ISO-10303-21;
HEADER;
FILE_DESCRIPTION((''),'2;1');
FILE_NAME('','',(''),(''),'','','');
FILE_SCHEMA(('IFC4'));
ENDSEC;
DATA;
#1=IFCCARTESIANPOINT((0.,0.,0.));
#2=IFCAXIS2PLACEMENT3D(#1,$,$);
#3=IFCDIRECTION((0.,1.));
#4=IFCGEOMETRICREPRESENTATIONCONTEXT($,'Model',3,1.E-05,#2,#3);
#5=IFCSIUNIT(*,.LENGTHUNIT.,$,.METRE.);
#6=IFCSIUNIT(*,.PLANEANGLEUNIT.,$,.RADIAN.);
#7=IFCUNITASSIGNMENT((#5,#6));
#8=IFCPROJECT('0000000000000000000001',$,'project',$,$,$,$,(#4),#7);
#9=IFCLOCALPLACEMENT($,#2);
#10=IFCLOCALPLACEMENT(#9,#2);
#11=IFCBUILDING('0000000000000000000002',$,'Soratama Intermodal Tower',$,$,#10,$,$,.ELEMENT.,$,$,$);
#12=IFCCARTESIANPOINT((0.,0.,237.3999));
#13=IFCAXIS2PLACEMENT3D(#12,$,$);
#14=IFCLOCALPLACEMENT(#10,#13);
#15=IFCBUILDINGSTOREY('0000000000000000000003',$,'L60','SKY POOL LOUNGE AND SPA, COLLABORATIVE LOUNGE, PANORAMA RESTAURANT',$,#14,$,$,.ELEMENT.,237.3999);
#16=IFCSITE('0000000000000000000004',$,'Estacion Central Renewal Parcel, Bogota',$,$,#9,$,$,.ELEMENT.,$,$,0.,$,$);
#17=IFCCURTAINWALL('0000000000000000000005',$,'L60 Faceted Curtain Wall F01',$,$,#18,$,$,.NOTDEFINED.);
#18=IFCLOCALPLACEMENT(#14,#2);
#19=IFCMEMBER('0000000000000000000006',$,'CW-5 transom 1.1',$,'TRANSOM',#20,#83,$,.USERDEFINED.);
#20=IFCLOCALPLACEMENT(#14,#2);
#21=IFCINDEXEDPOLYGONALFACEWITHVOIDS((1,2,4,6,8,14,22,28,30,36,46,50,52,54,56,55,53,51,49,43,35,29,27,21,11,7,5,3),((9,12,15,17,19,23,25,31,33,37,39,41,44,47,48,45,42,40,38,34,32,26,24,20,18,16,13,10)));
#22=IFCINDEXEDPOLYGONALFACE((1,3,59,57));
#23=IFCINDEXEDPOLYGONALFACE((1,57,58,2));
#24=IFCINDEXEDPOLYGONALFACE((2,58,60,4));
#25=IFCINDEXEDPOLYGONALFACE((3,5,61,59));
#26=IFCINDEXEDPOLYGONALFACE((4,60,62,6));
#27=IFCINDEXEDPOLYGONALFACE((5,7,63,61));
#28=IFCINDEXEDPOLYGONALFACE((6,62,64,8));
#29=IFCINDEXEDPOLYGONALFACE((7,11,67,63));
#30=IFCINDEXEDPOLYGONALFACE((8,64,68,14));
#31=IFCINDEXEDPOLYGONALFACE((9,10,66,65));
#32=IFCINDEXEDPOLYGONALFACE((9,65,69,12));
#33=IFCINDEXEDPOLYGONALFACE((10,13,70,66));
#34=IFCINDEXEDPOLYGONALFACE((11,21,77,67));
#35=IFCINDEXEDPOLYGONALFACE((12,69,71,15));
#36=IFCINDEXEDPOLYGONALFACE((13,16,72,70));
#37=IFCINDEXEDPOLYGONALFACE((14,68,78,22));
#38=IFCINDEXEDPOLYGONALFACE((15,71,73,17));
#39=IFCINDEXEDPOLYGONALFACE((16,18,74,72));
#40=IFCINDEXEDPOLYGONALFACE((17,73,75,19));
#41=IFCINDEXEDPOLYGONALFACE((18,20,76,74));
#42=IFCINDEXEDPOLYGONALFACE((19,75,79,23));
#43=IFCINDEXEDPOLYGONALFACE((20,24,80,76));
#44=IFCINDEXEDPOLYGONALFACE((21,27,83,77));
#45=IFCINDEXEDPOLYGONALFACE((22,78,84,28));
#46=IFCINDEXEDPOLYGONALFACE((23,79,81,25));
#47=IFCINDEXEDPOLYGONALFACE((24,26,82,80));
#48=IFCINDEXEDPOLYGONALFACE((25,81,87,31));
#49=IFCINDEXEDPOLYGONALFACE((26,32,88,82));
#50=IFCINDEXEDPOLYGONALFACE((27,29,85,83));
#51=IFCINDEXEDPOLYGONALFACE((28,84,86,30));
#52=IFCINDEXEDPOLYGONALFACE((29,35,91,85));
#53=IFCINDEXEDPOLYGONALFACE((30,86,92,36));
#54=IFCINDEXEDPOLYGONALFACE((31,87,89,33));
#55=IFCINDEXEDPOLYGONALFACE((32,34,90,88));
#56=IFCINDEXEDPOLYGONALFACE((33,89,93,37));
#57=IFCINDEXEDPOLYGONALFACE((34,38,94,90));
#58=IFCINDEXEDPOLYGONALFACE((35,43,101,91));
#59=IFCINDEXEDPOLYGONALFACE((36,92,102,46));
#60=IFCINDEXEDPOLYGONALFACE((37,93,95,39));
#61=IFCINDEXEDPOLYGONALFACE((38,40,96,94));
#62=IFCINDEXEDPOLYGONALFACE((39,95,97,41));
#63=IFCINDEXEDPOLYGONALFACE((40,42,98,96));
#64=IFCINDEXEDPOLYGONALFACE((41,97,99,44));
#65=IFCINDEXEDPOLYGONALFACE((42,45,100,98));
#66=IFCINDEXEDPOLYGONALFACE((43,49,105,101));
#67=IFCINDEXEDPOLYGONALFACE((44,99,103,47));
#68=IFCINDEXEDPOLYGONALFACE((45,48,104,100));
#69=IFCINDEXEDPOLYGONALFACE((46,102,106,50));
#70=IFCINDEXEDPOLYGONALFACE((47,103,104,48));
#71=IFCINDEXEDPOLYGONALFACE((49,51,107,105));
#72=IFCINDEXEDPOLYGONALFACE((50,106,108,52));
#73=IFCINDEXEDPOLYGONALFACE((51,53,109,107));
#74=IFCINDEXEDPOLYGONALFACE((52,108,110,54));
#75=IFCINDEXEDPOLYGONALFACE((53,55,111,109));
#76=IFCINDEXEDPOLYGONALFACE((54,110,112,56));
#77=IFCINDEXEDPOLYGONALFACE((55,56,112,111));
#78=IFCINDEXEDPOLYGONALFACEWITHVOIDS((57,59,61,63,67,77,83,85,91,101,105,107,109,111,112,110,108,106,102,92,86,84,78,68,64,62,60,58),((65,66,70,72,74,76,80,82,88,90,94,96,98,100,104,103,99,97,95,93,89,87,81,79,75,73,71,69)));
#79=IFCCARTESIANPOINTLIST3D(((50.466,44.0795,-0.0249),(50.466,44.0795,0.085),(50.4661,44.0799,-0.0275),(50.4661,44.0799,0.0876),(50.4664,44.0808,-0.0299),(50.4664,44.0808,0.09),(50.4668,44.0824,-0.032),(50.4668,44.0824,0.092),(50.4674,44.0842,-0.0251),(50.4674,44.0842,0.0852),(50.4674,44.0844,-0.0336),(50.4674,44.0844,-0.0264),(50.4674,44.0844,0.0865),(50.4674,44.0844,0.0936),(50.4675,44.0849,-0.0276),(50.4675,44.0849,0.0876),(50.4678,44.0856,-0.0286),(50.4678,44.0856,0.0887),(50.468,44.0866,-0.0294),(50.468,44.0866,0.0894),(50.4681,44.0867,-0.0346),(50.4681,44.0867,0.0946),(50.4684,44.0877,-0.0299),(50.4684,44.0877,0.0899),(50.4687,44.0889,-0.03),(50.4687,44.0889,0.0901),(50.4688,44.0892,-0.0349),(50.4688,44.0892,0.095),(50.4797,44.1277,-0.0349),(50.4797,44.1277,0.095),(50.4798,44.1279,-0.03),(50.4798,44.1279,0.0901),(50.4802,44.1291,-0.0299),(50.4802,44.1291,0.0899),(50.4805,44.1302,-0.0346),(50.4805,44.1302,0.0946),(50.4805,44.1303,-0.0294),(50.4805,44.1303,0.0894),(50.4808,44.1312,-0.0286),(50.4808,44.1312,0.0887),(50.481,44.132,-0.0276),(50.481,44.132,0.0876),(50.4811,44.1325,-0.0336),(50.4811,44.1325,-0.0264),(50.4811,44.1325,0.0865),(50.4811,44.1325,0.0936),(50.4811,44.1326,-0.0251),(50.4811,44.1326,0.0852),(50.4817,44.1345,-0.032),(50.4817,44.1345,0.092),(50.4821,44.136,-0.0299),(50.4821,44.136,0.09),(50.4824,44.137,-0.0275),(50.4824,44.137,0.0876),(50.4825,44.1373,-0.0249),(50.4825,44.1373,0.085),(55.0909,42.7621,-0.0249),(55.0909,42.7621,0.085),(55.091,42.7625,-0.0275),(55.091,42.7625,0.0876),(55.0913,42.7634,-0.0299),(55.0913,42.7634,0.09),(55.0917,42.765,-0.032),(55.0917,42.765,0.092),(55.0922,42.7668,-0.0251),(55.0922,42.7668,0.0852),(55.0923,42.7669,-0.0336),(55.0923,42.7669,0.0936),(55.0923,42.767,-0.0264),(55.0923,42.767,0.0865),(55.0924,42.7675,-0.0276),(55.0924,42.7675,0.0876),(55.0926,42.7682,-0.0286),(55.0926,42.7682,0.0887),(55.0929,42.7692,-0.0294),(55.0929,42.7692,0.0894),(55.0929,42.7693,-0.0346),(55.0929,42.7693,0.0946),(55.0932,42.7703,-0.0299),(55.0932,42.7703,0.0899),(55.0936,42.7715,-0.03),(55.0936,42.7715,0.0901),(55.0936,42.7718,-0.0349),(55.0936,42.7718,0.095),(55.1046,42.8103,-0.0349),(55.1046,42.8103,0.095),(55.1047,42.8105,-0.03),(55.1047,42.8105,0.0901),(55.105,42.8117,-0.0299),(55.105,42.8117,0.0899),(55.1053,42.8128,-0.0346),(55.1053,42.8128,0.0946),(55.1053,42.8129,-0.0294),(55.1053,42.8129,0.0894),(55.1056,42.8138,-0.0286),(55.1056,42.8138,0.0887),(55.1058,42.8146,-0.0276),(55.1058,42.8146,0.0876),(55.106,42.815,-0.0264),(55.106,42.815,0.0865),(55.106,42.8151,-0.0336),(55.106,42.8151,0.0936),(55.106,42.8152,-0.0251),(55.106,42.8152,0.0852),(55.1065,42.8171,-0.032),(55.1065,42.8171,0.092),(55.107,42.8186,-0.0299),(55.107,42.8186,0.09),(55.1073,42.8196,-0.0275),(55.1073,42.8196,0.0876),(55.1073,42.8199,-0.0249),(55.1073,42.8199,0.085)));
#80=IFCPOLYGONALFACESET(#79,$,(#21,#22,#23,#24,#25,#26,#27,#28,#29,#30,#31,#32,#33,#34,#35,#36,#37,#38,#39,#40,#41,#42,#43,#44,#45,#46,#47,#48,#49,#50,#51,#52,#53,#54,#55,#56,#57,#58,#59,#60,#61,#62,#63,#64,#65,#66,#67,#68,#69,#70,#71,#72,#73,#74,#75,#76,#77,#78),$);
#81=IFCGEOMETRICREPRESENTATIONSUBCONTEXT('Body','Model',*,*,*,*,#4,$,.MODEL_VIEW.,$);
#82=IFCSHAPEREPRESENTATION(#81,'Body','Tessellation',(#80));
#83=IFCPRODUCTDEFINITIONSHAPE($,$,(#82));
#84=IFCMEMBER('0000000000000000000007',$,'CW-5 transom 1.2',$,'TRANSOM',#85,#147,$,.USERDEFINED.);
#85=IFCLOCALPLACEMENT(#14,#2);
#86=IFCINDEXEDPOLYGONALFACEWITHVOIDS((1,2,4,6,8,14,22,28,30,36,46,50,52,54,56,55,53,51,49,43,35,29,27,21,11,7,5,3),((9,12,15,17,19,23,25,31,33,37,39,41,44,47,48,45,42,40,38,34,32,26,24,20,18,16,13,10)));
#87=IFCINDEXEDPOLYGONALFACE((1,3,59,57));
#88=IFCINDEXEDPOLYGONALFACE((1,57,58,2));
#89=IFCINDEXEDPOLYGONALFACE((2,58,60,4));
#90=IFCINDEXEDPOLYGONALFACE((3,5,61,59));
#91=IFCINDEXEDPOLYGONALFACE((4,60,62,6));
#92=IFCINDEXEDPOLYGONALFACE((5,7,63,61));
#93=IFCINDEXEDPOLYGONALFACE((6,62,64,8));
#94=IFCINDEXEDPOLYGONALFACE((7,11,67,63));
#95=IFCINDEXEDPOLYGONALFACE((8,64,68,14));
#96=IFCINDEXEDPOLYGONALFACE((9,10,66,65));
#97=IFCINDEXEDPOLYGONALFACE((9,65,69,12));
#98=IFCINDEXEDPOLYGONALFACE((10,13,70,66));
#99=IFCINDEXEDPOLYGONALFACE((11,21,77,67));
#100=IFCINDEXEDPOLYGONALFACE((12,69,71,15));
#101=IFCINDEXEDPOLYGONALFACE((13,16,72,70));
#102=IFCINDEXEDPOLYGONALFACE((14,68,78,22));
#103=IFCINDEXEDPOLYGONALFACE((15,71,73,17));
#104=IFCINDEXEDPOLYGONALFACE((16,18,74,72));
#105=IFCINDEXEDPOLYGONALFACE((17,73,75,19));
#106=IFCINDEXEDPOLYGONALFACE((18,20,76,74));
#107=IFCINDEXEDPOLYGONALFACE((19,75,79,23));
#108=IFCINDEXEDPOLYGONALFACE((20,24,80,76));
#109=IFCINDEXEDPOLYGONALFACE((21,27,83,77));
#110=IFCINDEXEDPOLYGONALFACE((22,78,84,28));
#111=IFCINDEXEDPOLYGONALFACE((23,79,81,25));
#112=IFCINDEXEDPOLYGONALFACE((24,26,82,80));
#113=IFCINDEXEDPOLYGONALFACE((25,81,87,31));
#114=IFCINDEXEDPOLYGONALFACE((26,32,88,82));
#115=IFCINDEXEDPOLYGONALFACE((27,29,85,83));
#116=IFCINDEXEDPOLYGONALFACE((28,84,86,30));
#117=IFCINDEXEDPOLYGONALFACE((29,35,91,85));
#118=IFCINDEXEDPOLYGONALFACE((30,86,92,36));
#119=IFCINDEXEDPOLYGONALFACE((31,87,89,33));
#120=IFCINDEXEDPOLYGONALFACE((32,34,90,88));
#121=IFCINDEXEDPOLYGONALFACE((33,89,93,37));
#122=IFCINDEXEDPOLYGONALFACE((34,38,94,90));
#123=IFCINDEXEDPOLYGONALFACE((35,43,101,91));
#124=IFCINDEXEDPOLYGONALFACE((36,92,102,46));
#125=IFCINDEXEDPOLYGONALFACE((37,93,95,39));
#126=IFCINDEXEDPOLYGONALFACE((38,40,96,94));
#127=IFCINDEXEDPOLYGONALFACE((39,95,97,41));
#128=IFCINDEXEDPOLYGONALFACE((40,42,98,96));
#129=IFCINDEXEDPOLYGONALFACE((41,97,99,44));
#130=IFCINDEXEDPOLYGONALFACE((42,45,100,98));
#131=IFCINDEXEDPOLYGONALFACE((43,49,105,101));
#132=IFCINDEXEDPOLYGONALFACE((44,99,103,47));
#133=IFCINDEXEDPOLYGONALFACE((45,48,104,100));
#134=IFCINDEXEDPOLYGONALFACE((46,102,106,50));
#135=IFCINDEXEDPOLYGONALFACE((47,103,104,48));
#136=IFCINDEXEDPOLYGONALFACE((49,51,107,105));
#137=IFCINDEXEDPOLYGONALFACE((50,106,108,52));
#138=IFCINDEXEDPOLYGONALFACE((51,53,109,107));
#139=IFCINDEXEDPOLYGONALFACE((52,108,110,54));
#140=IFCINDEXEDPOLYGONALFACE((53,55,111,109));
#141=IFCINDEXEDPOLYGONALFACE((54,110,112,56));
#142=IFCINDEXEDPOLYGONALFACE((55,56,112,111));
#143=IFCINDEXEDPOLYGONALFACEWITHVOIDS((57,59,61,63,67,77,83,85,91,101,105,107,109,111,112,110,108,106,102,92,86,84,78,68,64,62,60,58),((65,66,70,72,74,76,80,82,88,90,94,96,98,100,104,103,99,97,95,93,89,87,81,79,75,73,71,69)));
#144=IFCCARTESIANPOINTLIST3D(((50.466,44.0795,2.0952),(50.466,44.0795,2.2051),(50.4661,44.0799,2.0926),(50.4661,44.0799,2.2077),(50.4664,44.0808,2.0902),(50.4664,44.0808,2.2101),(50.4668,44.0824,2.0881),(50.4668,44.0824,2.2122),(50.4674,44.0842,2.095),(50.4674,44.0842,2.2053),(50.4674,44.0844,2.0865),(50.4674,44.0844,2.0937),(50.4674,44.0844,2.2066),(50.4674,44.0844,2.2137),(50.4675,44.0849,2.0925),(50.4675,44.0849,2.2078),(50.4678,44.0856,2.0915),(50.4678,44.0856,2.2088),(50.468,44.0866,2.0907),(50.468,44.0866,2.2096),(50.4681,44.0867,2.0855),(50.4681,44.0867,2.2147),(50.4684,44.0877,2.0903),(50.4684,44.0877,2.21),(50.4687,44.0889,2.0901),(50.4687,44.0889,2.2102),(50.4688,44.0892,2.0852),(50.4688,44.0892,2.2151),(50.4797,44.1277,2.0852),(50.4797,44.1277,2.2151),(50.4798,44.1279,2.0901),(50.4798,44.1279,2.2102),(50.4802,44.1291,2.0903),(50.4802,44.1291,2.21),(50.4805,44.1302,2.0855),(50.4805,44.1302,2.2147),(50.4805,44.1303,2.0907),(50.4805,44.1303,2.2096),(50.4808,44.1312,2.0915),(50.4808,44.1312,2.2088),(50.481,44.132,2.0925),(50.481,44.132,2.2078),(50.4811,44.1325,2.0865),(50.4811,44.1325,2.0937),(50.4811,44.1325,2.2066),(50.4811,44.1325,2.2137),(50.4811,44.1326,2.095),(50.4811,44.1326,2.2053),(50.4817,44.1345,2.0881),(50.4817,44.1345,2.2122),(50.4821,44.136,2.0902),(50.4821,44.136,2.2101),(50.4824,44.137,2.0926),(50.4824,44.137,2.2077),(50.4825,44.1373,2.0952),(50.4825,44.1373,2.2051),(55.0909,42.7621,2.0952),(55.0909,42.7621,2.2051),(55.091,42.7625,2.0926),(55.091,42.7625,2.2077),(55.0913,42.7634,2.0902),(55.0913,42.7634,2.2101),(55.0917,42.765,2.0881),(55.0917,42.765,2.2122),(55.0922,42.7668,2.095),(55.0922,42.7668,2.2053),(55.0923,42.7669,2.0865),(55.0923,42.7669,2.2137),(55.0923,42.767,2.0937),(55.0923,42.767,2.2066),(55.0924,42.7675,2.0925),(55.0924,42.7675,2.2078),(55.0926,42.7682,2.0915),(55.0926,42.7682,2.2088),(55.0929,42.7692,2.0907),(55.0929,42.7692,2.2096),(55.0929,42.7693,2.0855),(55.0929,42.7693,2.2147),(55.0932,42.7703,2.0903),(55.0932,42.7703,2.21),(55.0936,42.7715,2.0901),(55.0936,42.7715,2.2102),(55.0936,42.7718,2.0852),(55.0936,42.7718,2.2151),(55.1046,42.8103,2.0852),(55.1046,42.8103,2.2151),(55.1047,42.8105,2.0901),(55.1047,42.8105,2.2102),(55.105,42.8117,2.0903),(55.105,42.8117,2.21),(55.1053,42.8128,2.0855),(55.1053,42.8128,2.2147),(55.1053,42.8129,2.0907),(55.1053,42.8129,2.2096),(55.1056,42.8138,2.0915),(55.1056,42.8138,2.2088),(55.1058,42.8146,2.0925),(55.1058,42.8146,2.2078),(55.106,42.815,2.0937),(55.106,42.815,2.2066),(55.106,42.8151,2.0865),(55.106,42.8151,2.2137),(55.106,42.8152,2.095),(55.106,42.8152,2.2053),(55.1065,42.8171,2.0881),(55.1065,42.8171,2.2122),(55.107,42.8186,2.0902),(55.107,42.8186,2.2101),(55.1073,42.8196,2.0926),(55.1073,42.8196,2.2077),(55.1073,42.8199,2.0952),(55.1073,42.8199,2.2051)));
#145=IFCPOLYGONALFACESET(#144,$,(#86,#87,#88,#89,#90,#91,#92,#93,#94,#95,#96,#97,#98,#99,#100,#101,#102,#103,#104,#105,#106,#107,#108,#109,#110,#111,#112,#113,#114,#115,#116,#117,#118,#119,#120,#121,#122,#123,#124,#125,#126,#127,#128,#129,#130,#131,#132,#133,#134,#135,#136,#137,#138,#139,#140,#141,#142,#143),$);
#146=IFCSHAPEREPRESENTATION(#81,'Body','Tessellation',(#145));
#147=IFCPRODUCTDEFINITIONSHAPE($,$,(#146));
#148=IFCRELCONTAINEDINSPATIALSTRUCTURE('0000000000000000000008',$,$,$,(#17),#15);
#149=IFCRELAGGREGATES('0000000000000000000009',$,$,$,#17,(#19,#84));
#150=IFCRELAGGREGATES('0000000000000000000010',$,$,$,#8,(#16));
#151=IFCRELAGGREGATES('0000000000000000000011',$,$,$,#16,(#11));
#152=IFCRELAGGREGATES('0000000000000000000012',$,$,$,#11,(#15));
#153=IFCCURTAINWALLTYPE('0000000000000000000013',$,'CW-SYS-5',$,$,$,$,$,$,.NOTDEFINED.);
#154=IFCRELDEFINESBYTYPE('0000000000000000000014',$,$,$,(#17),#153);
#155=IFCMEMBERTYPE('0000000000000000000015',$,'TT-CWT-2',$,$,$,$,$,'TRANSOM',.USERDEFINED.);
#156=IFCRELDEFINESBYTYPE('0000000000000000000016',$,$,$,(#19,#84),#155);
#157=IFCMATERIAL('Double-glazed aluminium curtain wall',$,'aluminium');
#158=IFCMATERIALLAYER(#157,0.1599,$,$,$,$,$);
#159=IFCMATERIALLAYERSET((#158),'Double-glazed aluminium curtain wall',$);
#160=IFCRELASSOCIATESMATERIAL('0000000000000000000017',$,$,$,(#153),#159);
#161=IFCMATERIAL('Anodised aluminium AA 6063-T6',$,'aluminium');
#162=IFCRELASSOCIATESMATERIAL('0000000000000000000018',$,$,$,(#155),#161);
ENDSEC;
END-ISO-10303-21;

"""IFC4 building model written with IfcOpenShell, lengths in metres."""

from ifc_helpers import new_model, si_unit, direction, frame, origin, origin_2d, place, context, subcontext, project, spatial, hollow_rectangle, extrude, material, layer, layer_set, material_profile, profile_set, type_object, element, aggregate, save


model = new_model("IFC4")

# Units and contexts
model_context = context("Model", 3, precision=1e-05, world=origin(), true_north=direction((0.0, 1.0)))
body_context = subcontext(model_context, "Body", "Model", "MODEL_VIEW")
ifc_project = project(units=[si_unit("LENGTHUNIT", "METRE"), si_unit("PLANEANGLEUNIT", "RADIAN")], contexts=[model_context])

# Site, building, storey
site_placement = place(None, origin())
site = spatial("IfcSite", under=ifc_project, at=site_placement, Name="Estacion Central Renewal Parcel, Bogota", CompositionType="ELEMENT", RefElevation=0.0)
building_placement = place(site_placement, origin())
building = spatial("IfcBuilding", under=site, at=building_placement, Name="Soratama Intermodal Tower", CompositionType="ELEMENT")
storey_placement = place(building_placement, frame((0.0, 0.0, 237.3999)))
storey = spatial("IfcBuildingStorey", under=building, at=storey_placement, Name="L60", Description="SKY POOL LOUNGE AND SPA, COLLABORATIVE LOUNGE, PANORAMA RESTAURANT", CompositionType="ELEMENT", Elevation=237.3999)

# Curtain wall
ifc_material_1 = material(Name="Double-glazed aluminium curtain wall", Category="aluminium")
ifc_layer_1 = layer(ifc_material_1, 0.1599)
ifc_layer_set_1 = layer_set([ifc_layer_1], Name="Double-glazed aluminium curtain wall")
curtain_wall_type = type_object("IfcCurtainWallType", Name="CW-SYS-5", PredefinedType="NOTDEFINED", material=ifc_layer_set_1)
curtain_wall_1_placement = place(storey_placement, origin())
curtain_wall_1 = element("IfcCurtainWall", 1, at=curtain_wall_1_placement, inside=storey, type_object=curtain_wall_type, Name="L60 Faceted Curtain Wall F01", PredefinedType="NOTDEFINED")

# Members
ifc_material_2 = material(Name="Anodised aluminium AA 6063-T6", Category="aluminium")
ifc_material_profile_1 = material_profile(ifc_material_2, hollow_rectangle(XDim=0.0601, YDim=0.1299, WallThickness=0.0049, InnerFilletRadius=0.0049, OuterFilletRadius=0.01, at=origin_2d()), Name="CWT130X60X5")
ifc_profile_set_1 = profile_set([ifc_material_profile_1], Name="Anodised aluminium AA 6063-T6")
member_type_1 = type_object("IfcMemberType", Name="TT-CWT-2", ElementType="TRANSOM", PredefinedType="USERDEFINED", material=ifc_profile_set_1)
member_1_placement = place(storey_placement, frame((55.0991, 42.791, 0.03), z_axis=(-0.961742, 0.273957, 0.0), x_axis=(-0.273957, -0.961742, 0.0)))
member_1 = element("IfcMember", 2, at=member_1_placement, type_object=member_type_1, Name="CW-5 transom 1.1", ObjectType="TRANSOM", PredefinedType="USERDEFINED", context=body_context, shape_type="SweptSolid", body=[
    extrude(hollow_rectangle(XDim=0.0601, YDim=0.1299, WallThickness=0.0049, InnerFilletRadius=0.0049, OuterFilletRadius=0.01, at=origin_2d()), origin(), (0.0, 0.0, 1.0), 4.8088),
])
member_2_placement = place(storey_placement, frame((55.0991, 42.791, 2.1501), z_axis=(-0.961742, 0.273957, 0.0), x_axis=(-0.273957, -0.961742, 0.0)))
member_2 = element("IfcMember", 3, at=member_2_placement, type_object=member_type_1, Name="CW-5 transom 1.2", ObjectType="TRANSOM", PredefinedType="USERDEFINED", context=body_context, shape_type="SweptSolid", body=[
    extrude(hollow_rectangle(XDim=0.0601, YDim=0.1299, WallThickness=0.0049, InnerFilletRadius=0.0049, OuterFilletRadius=0.01, at=origin_2d()), origin(), (0.0, 0.0, 1.0), 4.8088),
])

aggregate(curtain_wall_1, [member_1, member_2])

save(model, "model.ifc")
